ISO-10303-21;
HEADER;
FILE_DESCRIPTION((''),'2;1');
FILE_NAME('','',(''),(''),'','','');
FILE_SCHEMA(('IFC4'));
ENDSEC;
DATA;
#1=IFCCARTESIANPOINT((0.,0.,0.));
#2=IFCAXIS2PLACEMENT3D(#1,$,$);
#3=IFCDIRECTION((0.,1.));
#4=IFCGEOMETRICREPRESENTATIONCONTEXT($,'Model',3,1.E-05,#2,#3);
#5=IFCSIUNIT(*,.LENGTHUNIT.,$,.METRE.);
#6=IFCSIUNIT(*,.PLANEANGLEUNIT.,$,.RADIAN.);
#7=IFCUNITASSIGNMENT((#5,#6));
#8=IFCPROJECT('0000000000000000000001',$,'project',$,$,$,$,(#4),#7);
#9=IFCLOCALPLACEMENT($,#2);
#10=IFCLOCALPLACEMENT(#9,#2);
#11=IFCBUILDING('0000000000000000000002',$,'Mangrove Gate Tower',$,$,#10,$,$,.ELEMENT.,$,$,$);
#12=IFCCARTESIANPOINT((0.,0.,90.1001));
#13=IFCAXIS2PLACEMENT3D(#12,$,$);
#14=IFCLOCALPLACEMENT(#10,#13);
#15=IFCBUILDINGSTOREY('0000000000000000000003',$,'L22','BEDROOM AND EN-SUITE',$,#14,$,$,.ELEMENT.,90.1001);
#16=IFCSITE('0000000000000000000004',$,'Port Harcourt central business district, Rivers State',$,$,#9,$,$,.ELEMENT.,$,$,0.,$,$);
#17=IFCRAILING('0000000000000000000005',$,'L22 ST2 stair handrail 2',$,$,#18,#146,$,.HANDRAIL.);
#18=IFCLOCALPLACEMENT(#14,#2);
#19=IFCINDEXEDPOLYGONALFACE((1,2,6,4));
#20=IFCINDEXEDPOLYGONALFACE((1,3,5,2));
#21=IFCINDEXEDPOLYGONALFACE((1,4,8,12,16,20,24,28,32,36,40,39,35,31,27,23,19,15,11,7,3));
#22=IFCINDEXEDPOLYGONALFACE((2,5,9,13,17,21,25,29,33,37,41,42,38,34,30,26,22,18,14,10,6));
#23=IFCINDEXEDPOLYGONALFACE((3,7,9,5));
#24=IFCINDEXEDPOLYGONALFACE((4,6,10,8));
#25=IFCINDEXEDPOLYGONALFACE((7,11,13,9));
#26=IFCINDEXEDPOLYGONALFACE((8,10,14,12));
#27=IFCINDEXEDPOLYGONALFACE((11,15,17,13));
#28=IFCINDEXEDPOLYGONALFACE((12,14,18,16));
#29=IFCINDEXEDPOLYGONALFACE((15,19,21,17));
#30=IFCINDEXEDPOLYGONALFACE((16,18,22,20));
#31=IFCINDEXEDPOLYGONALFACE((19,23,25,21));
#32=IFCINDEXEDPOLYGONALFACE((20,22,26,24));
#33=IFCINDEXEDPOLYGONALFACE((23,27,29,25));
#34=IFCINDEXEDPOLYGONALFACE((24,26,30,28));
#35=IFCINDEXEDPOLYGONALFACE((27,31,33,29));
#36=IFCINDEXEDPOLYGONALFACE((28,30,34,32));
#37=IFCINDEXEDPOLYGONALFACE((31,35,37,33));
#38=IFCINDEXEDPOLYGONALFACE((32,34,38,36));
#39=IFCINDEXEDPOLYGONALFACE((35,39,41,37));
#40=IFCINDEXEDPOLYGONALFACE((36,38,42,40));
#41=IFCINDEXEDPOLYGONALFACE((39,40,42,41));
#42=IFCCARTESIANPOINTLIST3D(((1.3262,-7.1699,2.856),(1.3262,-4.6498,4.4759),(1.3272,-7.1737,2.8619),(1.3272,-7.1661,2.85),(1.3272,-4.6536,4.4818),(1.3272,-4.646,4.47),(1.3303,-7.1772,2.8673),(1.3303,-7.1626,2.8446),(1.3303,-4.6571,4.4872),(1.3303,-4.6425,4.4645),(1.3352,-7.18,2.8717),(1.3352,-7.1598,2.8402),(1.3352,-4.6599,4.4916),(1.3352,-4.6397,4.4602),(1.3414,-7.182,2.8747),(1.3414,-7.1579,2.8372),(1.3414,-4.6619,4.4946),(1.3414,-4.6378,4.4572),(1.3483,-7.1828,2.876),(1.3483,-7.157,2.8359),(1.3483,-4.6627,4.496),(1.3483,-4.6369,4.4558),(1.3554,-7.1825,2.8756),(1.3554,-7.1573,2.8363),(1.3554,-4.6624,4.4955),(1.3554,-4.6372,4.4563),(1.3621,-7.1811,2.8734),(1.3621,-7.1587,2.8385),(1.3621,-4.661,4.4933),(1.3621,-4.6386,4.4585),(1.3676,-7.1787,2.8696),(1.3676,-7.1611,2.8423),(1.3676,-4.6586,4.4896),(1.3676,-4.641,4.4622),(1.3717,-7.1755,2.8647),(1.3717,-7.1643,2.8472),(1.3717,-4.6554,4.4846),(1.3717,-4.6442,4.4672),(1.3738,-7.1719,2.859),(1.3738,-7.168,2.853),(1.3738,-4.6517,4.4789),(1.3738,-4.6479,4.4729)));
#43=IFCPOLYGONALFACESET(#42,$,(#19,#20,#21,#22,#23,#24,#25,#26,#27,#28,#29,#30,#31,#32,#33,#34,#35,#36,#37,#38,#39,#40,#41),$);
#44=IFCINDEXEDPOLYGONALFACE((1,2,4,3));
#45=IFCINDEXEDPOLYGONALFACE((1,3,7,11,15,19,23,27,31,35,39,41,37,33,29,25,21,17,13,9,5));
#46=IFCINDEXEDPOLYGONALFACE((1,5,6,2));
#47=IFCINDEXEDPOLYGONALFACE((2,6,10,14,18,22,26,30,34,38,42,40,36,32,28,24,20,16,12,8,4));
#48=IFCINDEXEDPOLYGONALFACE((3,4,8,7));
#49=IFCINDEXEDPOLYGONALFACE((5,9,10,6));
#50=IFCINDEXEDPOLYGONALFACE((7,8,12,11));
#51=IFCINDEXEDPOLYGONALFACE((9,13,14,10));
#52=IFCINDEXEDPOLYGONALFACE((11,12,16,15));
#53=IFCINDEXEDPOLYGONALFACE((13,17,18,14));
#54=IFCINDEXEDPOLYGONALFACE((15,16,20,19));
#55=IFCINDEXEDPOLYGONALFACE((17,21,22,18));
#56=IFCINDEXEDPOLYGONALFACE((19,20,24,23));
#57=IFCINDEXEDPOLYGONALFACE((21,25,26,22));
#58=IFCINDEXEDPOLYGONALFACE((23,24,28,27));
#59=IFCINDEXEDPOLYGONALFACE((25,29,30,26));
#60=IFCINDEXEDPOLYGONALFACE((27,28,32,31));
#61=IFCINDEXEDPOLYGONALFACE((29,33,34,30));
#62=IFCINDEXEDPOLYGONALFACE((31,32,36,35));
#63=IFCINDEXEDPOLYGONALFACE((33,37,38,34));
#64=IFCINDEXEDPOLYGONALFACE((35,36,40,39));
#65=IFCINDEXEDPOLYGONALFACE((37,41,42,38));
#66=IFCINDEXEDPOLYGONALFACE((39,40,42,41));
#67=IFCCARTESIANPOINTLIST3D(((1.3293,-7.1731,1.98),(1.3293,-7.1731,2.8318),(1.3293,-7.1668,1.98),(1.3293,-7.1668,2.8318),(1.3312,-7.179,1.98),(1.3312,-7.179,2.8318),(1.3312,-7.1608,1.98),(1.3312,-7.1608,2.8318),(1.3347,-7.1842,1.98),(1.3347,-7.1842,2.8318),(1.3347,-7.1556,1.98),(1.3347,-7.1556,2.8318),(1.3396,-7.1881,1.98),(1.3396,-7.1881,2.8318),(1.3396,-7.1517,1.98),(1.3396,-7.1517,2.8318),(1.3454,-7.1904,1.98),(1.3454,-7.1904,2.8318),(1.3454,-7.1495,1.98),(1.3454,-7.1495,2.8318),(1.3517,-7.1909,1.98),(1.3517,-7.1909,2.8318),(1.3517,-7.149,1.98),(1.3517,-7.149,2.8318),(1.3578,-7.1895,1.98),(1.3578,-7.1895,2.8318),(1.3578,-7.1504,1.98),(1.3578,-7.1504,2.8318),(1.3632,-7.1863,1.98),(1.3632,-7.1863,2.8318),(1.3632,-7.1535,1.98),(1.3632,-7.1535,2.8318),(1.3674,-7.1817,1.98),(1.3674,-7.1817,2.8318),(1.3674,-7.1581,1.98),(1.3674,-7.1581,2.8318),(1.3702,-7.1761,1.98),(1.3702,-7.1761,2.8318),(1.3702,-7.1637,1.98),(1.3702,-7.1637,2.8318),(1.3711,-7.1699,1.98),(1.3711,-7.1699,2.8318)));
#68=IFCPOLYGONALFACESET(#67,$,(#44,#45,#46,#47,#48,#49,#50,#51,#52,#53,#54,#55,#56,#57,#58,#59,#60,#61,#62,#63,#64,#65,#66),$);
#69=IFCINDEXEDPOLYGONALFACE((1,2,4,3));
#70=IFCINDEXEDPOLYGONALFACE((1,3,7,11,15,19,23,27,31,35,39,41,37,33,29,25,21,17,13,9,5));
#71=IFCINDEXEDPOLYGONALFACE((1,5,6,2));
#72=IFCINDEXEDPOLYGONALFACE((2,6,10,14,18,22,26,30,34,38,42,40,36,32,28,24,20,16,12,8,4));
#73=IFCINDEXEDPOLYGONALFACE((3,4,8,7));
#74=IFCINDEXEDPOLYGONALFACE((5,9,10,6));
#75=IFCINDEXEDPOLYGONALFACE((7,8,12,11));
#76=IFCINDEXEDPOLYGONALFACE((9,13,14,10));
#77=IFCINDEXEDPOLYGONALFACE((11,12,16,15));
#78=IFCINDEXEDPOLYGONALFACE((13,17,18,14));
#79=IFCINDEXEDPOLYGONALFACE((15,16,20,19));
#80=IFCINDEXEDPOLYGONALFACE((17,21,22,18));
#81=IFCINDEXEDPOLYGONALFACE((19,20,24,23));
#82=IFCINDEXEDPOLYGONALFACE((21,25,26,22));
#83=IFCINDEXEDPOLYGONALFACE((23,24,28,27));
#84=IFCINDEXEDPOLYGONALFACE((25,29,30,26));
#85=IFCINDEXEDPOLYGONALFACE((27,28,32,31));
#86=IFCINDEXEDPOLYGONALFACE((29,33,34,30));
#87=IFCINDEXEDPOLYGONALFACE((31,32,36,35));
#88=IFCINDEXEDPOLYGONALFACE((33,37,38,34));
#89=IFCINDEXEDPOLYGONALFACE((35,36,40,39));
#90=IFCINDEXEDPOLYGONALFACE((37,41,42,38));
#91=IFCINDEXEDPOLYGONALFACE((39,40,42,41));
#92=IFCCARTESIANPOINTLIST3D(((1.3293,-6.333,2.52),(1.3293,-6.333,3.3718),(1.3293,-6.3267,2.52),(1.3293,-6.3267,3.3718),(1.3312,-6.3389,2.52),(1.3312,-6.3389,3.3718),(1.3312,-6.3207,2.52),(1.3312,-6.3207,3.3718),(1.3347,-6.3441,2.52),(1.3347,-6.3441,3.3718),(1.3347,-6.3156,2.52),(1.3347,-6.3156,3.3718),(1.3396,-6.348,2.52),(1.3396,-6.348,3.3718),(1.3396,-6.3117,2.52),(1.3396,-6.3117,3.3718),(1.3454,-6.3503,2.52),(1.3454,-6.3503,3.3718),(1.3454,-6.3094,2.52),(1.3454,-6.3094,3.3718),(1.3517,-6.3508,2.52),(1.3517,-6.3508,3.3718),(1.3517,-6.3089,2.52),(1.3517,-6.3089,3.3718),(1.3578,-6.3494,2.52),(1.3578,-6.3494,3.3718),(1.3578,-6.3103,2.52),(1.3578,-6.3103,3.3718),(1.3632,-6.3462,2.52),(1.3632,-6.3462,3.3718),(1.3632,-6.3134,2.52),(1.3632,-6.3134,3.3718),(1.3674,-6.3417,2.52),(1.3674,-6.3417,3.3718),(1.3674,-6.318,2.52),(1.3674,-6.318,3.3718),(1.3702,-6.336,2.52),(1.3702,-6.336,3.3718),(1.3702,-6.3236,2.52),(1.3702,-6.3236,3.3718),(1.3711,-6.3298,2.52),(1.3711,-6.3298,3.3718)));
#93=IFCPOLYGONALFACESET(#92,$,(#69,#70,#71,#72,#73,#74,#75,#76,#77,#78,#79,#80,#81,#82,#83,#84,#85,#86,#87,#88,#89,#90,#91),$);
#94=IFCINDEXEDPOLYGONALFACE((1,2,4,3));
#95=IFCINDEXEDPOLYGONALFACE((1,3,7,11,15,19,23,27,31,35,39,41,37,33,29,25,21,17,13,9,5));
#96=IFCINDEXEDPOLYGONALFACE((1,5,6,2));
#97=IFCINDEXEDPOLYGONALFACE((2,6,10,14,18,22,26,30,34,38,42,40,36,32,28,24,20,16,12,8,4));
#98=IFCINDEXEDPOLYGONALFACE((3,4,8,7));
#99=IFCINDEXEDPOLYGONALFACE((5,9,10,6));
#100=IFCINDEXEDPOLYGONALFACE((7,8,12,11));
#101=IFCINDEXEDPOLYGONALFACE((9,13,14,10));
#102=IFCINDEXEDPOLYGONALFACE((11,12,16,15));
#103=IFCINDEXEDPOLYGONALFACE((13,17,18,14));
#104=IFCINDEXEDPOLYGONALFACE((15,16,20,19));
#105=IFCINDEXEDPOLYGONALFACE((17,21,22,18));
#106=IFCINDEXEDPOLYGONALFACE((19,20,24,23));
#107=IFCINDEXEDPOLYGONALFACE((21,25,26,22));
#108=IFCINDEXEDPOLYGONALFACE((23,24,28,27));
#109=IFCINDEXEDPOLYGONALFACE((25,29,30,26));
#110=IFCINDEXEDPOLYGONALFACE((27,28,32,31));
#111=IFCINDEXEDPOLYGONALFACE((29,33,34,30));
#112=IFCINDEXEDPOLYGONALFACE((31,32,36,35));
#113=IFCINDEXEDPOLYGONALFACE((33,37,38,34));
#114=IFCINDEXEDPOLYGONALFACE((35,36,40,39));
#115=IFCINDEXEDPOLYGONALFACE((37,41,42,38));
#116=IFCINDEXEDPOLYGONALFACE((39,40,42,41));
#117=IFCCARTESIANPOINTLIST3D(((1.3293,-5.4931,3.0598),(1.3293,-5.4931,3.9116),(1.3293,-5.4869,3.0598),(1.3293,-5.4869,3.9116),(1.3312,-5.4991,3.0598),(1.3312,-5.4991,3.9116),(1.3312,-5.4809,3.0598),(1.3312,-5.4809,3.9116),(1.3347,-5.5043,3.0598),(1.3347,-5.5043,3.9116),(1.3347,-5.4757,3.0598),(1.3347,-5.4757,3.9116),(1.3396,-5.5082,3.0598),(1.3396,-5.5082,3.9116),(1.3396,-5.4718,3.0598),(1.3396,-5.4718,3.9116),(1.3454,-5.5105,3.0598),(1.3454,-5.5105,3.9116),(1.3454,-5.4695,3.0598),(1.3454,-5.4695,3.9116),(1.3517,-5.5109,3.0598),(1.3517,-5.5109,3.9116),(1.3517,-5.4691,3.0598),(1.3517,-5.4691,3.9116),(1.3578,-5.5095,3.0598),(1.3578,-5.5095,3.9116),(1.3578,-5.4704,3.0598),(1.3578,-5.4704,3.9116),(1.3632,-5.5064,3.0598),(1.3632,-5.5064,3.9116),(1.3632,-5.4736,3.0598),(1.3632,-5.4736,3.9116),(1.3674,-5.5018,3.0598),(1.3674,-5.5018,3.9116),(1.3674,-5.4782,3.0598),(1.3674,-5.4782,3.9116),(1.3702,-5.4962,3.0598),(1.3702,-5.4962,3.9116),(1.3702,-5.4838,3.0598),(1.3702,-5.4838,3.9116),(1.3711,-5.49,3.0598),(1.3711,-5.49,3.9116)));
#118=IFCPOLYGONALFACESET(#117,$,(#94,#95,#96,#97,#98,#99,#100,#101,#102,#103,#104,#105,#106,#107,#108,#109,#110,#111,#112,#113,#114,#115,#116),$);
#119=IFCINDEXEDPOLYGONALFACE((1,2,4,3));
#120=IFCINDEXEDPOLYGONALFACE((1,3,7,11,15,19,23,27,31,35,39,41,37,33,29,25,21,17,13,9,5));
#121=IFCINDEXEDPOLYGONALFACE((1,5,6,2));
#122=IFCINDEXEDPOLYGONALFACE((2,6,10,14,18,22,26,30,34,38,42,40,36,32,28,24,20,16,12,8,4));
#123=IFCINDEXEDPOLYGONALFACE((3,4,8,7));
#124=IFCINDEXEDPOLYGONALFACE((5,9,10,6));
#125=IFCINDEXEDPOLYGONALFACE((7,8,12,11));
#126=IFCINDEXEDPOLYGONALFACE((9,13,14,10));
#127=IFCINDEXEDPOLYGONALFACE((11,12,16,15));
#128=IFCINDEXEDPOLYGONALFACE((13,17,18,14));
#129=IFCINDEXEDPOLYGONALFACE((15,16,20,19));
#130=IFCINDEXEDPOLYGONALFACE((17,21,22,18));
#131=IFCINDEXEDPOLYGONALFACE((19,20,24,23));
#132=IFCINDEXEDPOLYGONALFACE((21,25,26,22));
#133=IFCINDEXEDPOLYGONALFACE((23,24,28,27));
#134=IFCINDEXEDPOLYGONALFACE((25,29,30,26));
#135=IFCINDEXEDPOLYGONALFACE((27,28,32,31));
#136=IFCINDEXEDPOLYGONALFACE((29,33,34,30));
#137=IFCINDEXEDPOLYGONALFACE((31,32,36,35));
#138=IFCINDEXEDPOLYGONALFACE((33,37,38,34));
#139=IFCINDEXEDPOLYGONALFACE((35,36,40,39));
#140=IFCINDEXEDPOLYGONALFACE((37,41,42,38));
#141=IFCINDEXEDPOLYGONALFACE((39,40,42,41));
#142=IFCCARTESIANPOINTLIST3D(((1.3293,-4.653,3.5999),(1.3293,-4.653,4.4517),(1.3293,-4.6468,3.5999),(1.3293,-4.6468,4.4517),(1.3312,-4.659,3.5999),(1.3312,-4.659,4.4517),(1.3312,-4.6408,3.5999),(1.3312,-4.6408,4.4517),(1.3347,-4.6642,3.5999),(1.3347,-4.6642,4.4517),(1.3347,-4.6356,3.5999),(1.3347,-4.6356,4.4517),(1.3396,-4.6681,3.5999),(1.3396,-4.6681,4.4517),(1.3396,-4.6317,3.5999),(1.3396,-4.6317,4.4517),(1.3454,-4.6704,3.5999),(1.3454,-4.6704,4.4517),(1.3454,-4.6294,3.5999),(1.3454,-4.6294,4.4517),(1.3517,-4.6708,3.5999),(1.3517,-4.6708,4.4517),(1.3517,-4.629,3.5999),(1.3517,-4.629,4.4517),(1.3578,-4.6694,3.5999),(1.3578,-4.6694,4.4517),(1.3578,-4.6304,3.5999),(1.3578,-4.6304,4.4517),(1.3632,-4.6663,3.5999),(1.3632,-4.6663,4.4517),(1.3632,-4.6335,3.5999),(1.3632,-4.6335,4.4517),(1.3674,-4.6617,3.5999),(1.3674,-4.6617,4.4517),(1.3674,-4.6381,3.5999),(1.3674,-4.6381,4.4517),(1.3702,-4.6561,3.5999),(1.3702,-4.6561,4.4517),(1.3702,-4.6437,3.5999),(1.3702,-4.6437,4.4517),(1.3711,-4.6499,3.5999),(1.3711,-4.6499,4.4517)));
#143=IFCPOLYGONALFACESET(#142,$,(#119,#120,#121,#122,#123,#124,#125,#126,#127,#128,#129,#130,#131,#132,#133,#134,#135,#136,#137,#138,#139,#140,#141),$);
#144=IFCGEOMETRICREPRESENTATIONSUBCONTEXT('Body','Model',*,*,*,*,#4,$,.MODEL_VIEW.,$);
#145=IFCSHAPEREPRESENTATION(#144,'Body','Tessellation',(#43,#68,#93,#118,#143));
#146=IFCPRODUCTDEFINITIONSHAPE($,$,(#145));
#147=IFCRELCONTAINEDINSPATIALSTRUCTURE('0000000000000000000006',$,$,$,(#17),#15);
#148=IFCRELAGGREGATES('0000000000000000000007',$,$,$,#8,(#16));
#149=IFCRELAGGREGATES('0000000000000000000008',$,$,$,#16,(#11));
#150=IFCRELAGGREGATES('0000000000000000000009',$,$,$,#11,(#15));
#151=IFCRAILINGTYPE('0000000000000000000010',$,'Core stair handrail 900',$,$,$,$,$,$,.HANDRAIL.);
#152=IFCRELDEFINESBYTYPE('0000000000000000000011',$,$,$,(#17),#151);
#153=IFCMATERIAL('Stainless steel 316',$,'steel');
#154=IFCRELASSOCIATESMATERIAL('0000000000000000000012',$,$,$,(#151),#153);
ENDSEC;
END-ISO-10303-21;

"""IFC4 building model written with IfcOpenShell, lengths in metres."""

from ifc_helpers import new_model, si_unit, direction, frame, origin, origin_2d, place, context, subcontext, project, spatial, circle, extrude, material, type_object, element, save


model = new_model("IFC4")

# Units and contexts
model_context = context("Model", 3, precision=1e-05, world=origin(), true_north=direction((0.0, 1.0)))
body_context = subcontext(model_context, "Body", "Model", "MODEL_VIEW")
ifc_project = project(units=[si_unit("LENGTHUNIT", "METRE"), si_unit("PLANEANGLEUNIT", "RADIAN")], contexts=[model_context])

# Site, building, storey
site_placement = place(None, origin())
site = spatial("IfcSite", under=ifc_project, at=site_placement, Name="Port Harcourt central business district, Rivers State", CompositionType="ELEMENT", RefElevation=0.0)
building_placement = place(site_placement, origin())
building = spatial("IfcBuilding", under=site, at=building_placement, Name="Mangrove Gate Tower", CompositionType="ELEMENT")
storey_placement = place(building_placement, frame((0.0, 0.0, 90.1001)))
storey = spatial("IfcBuildingStorey", under=building, at=storey_placement, Name="L22", Description="BEDROOM AND EN-SUITE", CompositionType="ELEMENT", Elevation=90.1001)

# Railing
ifc_material_1 = material(Name="Stainless steel 316", Category="steel")
railing_type_1 = type_object("IfcRailingType", Name="Core stair handrail 900", PredefinedType="HANDRAIL", material=ifc_material_1)
railing_1_placement = place(storey_placement, frame((1.3501, -7.1699, 1.98)))
element("IfcRailing", 1, at=railing_1_placement, inside=storey, type_object=railing_type_1, Name="L22 ST2 stair handrail 2", PredefinedType="HANDRAIL", context=body_context, shape_type="SweptSolid", body=[
    extrude(circle(Radius=0.0239, at=origin_2d()), frame((0.0, 0.0, 0.876), z_axis=(0.0, 0.8412, 0.540725), x_axis=(-1.0, 0.0, 0.0)), (0.0, 0.0, 1.0), 2.9958),
    extrude(circle(Radius=0.021, at=origin_2d()), origin(), (0.0, 0.0, 1.0), 0.8518),
    extrude(circle(Radius=0.021, at=origin_2d()), frame((0.0, 0.8401, 0.54)), (0.0, 0.0, 1.0), 0.8518),
    extrude(circle(Radius=0.021, at=origin_2d()), frame((0.0, 1.6799, 1.0798)), (0.0, 0.0, 1.0), 0.8518),
    extrude(circle(Radius=0.021, at=origin_2d()), frame((0.0, 2.52, 1.6199)), (0.0, 0.0, 1.0), 0.8518),
])

save(model, "model.ifc")
